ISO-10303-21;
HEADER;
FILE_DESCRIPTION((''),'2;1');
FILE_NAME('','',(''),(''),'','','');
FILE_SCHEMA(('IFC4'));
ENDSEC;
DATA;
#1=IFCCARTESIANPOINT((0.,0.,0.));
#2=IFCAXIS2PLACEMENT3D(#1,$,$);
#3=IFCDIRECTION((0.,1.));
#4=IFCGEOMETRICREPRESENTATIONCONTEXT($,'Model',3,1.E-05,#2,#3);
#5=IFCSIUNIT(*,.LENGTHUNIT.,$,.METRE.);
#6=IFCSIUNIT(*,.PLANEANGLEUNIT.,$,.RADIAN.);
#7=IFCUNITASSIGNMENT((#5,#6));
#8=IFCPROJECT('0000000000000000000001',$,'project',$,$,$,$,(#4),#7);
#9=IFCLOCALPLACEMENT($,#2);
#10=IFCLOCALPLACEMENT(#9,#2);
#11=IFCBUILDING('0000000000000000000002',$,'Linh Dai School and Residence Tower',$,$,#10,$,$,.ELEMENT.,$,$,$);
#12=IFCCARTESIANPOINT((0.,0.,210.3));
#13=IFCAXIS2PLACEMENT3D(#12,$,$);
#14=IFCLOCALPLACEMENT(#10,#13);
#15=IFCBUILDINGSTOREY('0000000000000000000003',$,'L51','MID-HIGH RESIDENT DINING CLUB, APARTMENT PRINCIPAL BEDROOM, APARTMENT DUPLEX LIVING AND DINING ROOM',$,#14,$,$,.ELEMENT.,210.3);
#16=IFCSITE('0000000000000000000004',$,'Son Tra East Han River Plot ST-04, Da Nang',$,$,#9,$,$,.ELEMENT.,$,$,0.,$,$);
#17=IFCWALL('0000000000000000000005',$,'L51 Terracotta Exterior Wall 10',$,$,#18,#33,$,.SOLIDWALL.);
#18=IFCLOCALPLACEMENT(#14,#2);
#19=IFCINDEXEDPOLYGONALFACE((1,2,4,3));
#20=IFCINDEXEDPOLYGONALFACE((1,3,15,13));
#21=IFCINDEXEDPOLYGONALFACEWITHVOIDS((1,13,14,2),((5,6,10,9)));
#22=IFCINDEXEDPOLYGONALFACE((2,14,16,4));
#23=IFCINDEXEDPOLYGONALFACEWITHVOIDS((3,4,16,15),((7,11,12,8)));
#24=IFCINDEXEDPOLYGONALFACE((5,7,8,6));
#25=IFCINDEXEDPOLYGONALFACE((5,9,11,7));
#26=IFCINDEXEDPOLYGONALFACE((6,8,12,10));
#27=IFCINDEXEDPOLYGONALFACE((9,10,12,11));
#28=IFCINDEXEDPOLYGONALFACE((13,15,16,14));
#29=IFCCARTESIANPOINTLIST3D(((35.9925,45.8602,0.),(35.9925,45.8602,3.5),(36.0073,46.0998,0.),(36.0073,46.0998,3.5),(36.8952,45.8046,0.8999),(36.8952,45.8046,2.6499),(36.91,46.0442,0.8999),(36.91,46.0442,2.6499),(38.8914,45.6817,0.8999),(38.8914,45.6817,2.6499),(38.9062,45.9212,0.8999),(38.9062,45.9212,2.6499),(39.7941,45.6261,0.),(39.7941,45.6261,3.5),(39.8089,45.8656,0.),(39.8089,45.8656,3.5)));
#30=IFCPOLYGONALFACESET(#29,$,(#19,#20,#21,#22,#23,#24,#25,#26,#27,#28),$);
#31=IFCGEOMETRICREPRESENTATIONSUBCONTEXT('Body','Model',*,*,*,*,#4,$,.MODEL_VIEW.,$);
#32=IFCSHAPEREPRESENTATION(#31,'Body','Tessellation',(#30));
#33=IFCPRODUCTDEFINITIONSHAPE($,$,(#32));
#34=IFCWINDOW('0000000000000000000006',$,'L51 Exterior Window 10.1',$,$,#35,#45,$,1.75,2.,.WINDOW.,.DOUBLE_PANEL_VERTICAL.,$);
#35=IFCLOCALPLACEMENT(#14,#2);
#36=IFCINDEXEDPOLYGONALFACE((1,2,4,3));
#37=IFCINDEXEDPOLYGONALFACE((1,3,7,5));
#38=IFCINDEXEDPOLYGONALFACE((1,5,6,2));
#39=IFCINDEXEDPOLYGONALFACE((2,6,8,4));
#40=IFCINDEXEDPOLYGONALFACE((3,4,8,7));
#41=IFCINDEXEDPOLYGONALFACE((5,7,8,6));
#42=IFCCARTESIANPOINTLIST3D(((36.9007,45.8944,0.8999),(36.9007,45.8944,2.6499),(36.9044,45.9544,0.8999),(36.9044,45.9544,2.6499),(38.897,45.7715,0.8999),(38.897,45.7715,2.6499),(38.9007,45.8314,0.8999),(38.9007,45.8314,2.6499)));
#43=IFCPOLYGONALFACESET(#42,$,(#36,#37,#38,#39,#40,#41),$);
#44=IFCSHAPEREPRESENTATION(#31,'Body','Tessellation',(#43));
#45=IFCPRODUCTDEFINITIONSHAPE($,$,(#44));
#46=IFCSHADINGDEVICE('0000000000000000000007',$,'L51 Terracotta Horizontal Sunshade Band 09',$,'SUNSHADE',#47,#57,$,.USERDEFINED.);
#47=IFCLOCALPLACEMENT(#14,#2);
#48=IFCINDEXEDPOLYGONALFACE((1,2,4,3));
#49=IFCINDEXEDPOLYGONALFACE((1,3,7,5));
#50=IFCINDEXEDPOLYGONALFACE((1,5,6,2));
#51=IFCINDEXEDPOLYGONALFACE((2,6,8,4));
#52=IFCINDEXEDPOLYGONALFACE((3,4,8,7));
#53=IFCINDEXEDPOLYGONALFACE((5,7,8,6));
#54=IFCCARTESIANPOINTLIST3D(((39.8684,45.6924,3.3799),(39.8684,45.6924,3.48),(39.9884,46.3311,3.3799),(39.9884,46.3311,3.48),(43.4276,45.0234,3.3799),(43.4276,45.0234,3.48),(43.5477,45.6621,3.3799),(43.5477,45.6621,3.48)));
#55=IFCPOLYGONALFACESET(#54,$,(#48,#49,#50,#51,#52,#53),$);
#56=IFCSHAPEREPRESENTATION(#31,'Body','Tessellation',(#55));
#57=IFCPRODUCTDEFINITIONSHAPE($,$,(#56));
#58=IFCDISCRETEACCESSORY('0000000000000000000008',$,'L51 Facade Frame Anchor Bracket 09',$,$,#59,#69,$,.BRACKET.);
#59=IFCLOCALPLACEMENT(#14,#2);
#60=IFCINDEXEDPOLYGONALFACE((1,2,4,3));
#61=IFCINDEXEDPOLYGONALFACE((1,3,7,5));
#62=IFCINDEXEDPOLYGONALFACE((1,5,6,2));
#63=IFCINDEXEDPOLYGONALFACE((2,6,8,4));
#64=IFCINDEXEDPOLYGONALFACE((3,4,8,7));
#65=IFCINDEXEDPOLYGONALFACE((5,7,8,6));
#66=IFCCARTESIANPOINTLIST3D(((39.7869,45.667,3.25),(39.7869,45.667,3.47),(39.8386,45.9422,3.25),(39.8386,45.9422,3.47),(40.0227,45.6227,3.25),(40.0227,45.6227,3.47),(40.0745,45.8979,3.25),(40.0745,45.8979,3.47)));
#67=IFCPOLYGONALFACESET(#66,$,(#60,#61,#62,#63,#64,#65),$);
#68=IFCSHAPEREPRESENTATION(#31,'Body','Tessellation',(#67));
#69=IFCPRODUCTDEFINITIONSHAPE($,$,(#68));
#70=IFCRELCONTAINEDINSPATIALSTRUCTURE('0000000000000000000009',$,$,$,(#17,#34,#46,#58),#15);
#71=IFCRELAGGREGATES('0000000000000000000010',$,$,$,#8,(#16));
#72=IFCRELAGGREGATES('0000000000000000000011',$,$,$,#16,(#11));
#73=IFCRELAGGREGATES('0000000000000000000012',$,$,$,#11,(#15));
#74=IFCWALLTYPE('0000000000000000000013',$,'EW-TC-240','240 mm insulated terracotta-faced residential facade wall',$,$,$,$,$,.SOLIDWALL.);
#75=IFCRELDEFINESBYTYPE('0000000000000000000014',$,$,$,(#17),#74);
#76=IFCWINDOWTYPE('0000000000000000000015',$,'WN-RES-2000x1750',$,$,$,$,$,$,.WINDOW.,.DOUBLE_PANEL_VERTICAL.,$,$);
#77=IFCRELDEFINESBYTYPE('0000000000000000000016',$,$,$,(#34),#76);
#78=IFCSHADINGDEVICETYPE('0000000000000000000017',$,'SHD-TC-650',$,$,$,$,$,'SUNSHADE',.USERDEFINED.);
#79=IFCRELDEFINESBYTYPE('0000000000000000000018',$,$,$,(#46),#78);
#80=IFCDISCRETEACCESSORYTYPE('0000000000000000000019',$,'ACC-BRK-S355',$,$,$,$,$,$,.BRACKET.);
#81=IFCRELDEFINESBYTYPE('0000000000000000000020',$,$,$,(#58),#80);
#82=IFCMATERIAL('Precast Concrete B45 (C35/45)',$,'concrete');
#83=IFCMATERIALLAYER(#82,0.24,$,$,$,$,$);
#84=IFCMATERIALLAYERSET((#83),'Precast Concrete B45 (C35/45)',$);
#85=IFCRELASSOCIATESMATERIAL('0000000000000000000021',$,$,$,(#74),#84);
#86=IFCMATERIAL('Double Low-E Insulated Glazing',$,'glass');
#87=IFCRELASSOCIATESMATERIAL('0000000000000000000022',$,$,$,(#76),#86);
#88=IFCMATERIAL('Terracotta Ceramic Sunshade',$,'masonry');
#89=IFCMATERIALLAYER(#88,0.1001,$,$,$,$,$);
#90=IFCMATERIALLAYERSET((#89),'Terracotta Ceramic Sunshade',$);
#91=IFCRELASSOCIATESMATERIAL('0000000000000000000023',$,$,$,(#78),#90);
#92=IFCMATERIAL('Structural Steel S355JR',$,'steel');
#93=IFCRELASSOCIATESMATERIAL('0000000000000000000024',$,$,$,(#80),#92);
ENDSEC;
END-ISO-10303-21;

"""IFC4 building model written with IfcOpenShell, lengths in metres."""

from ifc_helpers import new_model, si_unit, direction, frame, frame_2d, origin, origin_2d, place, context, subcontext, project, spatial, rectangle, extrude, source, transform, mapped, material, layer, layer_set, type_object, element, fill, save


model = new_model("IFC4")

# Units and contexts
model_context = context("Model", 3, precision=1e-05, world=origin(), true_north=direction((0.0, 1.0)))
body_context = subcontext(model_context, "Body", "Model", "MODEL_VIEW")
ifc_project = project(units=[si_unit("LENGTHUNIT", "METRE"), si_unit("PLANEANGLEUNIT", "RADIAN")], contexts=[model_context])

# Site, building, storey
site_placement = place(None, origin())
site = spatial("IfcSite", under=ifc_project, at=site_placement, Name="Son Tra East Han River Plot ST-04, Da Nang", CompositionType="ELEMENT", RefElevation=0.0)
building_placement = place(site_placement, origin())
building = spatial("IfcBuilding", under=site, at=building_placement, Name="Linh Dai School and Residence Tower", CompositionType="ELEMENT")
storey_placement = place(building_placement, frame((0.0, 0.0, 210.3)))
storey = spatial("IfcBuildingStorey", under=building, at=storey_placement, Name="L51", Description="MID-HIGH RESIDENT DINING CLUB, APARTMENT PRINCIPAL BEDROOM, APARTMENT DUPLEX LIVING AND DINING ROOM", CompositionType="ELEMENT", Elevation=210.3)

# Shared definitions
ifc_material_1 = material(Name="Structural Steel S355JR", Category="steel")

# Shared definitions
ifc_material_2 = material(Name="Precast Concrete B45 (C35/45)", Category="concrete")

# Shared definitions
ifc_material_3 = material(Name="Double Low-E Insulated Glazing", Category="glass")

# Wall, opening, window
ifc_layer_1 = layer(ifc_material_2, 0.24)
ifc_layer_set_1 = layer_set([ifc_layer_1], Name="Precast Concrete B45 (C35/45)")
wall_type = type_object("IfcWallType", Name="EW-TC-240", Description="240 mm insulated terracotta-faced residential facade wall", PredefinedType="SOLIDWALL", material=ifc_layer_set_1)
window_type = type_object("IfcWindowType", Name="WN-RES-2000x1750", PartitioningType="DOUBLE_PANEL_VERTICAL", PredefinedType="WINDOW", material=ifc_material_3)
shared_shape_1 = source(origin(), body_context, "Body", "SweptSolid", [
    extrude(rectangle(XDim=2.0, YDim=1.75, at=origin_2d()), frame((1.0, 0.03, 0.875), z_axis=(0.0, -1.0, 0.0), x_axis=(1.0, 0.0, 0.0)), (0.0, 0.0, 1.0), 0.0601),
])
wall_1_placement = place(storey_placement, frame((36.0, 45.98, 0.0), z_axis=(0.0, 0.0, 1.0), x_axis=(0.998109, -0.061472, 0.0)))
wall_1 = element("IfcWall", 1, at=wall_1_placement, inside=storey, type_object=wall_type, Name="L51 Terracotta Exterior Wall 10", PredefinedType="SOLIDWALL", context=body_context, shape_type="SweptSolid", body=[
    extrude(rectangle(XDim=3.8088, YDim=0.24, at=frame_2d((1.9043, 0.0))), origin(), (0.0, 0.0, 1.0), 3.5),
])
opening_1_placement = place(wall_1_placement, frame((0.9043, 0.0, 0.8999)))
opening_1 = element("IfcOpeningElement", 2, at=opening_1_placement, cuts=wall_1, PredefinedType="OPENING", context=body_context, shape_type="SweptSolid", body=[
    extrude(rectangle(XDim=2.0, YDim=1.75, at=origin_2d()), frame((1.0, 0.1299, 0.875), z_axis=(0.0, -1.0, 0.0), x_axis=(1.0, 0.0, 0.0)), (0.0, 0.0, 1.0), 0.26),
])
window_1_placement = place(opening_1_placement, origin())
window_1 = element("IfcWindow", 3, at=window_1_placement, inside=storey, type_object=window_type, Name="L51 Exterior Window 10.1", OverallHeight=1.75, OverallWidth=2.0, PartitioningType="DOUBLE_PANEL_VERTICAL", PredefinedType="WINDOW", context=body_context, shape_type="MappedRepresentation", body=[
    mapped(shared_shape_1, transform((0.0, 0.0, 0.0), x_axis=(1.0, 0.0, 0.0), y_axis=(0.0, 1.0, 0.0), z_axis=(0.0, 0.0, 1.0), scale=1.0)),
])
fill(opening_1, window_1)

# Shading device
ifc_material_4 = material(Name="Terracotta Ceramic Sunshade", Category="masonry")
ifc_layer_2 = layer(ifc_material_4, 0.1001)
ifc_layer_set_2 = layer_set([ifc_layer_2], Name="Terracotta Ceramic Sunshade")
shading_device_type = type_object("IfcShadingDeviceType", Name="SHD-TC-650", ElementType="SUNSHADE", PredefinedType="USERDEFINED", material=ifc_layer_set_2)
shared_shape_2 = source(origin(), body_context, "Body", "SweptSolid", [
    extrude(rectangle(XDim=3.6216, YDim=0.6499, at=origin_2d()), origin(), (0.0, 0.0, 1.0), 0.1001),
])
shading_device_placement = place(storey_placement, frame((41.708, 45.6772, 3.3799), z_axis=(0.0, 0.0, 1.0), x_axis=(0.982787, -0.184744, 0.0)))
element("IfcShadingDevice", 4, at=shading_device_placement, inside=storey, type_object=shading_device_type, Name="L51 Terracotta Horizontal Sunshade Band 09", ObjectType="SUNSHADE", PredefinedType="USERDEFINED", context=body_context, shape_type="MappedRepresentation", body=[
    mapped(shared_shape_2, transform((0.0, 0.0, 0.0), x_axis=(1.0, 0.0, 0.0), y_axis=(0.0, 1.0, 0.0), z_axis=(0.0, 0.0, 1.0), scale=1.0)),
])

# Discrete accessory
discrete_accessory_type = type_object("IfcDiscreteAccessoryType", Name="ACC-BRK-S355", PredefinedType="BRACKET", material=ifc_material_1)
shared_shape_3 = source(origin(), body_context, "Body", "SweptSolid", [
    extrude(rectangle(XDim=0.28, YDim=0.24, at=origin_2d()), origin(), (0.0, 0.0, 1.0), 0.22),
])
discrete_accessory_placement = place(storey_placement, frame((39.9307, 45.7825, 3.25), z_axis=(0.0, 0.0, 1.0), x_axis=(0.184744, 0.982787, 0.0)))
element("IfcDiscreteAccessory", 5, at=discrete_accessory_placement, inside=storey, type_object=discrete_accessory_type, Name="L51 Facade Frame Anchor Bracket 09", PredefinedType="BRACKET", context=body_context, shape_type="MappedRepresentation", body=[
    mapped(shared_shape_3, transform((0.0, 0.0, 0.0), x_axis=(1.0, 0.0, 0.0), y_axis=(0.0, 1.0, 0.0), z_axis=(0.0, 0.0, 1.0), scale=1.0)),
])

save(model, "model.ifc")
